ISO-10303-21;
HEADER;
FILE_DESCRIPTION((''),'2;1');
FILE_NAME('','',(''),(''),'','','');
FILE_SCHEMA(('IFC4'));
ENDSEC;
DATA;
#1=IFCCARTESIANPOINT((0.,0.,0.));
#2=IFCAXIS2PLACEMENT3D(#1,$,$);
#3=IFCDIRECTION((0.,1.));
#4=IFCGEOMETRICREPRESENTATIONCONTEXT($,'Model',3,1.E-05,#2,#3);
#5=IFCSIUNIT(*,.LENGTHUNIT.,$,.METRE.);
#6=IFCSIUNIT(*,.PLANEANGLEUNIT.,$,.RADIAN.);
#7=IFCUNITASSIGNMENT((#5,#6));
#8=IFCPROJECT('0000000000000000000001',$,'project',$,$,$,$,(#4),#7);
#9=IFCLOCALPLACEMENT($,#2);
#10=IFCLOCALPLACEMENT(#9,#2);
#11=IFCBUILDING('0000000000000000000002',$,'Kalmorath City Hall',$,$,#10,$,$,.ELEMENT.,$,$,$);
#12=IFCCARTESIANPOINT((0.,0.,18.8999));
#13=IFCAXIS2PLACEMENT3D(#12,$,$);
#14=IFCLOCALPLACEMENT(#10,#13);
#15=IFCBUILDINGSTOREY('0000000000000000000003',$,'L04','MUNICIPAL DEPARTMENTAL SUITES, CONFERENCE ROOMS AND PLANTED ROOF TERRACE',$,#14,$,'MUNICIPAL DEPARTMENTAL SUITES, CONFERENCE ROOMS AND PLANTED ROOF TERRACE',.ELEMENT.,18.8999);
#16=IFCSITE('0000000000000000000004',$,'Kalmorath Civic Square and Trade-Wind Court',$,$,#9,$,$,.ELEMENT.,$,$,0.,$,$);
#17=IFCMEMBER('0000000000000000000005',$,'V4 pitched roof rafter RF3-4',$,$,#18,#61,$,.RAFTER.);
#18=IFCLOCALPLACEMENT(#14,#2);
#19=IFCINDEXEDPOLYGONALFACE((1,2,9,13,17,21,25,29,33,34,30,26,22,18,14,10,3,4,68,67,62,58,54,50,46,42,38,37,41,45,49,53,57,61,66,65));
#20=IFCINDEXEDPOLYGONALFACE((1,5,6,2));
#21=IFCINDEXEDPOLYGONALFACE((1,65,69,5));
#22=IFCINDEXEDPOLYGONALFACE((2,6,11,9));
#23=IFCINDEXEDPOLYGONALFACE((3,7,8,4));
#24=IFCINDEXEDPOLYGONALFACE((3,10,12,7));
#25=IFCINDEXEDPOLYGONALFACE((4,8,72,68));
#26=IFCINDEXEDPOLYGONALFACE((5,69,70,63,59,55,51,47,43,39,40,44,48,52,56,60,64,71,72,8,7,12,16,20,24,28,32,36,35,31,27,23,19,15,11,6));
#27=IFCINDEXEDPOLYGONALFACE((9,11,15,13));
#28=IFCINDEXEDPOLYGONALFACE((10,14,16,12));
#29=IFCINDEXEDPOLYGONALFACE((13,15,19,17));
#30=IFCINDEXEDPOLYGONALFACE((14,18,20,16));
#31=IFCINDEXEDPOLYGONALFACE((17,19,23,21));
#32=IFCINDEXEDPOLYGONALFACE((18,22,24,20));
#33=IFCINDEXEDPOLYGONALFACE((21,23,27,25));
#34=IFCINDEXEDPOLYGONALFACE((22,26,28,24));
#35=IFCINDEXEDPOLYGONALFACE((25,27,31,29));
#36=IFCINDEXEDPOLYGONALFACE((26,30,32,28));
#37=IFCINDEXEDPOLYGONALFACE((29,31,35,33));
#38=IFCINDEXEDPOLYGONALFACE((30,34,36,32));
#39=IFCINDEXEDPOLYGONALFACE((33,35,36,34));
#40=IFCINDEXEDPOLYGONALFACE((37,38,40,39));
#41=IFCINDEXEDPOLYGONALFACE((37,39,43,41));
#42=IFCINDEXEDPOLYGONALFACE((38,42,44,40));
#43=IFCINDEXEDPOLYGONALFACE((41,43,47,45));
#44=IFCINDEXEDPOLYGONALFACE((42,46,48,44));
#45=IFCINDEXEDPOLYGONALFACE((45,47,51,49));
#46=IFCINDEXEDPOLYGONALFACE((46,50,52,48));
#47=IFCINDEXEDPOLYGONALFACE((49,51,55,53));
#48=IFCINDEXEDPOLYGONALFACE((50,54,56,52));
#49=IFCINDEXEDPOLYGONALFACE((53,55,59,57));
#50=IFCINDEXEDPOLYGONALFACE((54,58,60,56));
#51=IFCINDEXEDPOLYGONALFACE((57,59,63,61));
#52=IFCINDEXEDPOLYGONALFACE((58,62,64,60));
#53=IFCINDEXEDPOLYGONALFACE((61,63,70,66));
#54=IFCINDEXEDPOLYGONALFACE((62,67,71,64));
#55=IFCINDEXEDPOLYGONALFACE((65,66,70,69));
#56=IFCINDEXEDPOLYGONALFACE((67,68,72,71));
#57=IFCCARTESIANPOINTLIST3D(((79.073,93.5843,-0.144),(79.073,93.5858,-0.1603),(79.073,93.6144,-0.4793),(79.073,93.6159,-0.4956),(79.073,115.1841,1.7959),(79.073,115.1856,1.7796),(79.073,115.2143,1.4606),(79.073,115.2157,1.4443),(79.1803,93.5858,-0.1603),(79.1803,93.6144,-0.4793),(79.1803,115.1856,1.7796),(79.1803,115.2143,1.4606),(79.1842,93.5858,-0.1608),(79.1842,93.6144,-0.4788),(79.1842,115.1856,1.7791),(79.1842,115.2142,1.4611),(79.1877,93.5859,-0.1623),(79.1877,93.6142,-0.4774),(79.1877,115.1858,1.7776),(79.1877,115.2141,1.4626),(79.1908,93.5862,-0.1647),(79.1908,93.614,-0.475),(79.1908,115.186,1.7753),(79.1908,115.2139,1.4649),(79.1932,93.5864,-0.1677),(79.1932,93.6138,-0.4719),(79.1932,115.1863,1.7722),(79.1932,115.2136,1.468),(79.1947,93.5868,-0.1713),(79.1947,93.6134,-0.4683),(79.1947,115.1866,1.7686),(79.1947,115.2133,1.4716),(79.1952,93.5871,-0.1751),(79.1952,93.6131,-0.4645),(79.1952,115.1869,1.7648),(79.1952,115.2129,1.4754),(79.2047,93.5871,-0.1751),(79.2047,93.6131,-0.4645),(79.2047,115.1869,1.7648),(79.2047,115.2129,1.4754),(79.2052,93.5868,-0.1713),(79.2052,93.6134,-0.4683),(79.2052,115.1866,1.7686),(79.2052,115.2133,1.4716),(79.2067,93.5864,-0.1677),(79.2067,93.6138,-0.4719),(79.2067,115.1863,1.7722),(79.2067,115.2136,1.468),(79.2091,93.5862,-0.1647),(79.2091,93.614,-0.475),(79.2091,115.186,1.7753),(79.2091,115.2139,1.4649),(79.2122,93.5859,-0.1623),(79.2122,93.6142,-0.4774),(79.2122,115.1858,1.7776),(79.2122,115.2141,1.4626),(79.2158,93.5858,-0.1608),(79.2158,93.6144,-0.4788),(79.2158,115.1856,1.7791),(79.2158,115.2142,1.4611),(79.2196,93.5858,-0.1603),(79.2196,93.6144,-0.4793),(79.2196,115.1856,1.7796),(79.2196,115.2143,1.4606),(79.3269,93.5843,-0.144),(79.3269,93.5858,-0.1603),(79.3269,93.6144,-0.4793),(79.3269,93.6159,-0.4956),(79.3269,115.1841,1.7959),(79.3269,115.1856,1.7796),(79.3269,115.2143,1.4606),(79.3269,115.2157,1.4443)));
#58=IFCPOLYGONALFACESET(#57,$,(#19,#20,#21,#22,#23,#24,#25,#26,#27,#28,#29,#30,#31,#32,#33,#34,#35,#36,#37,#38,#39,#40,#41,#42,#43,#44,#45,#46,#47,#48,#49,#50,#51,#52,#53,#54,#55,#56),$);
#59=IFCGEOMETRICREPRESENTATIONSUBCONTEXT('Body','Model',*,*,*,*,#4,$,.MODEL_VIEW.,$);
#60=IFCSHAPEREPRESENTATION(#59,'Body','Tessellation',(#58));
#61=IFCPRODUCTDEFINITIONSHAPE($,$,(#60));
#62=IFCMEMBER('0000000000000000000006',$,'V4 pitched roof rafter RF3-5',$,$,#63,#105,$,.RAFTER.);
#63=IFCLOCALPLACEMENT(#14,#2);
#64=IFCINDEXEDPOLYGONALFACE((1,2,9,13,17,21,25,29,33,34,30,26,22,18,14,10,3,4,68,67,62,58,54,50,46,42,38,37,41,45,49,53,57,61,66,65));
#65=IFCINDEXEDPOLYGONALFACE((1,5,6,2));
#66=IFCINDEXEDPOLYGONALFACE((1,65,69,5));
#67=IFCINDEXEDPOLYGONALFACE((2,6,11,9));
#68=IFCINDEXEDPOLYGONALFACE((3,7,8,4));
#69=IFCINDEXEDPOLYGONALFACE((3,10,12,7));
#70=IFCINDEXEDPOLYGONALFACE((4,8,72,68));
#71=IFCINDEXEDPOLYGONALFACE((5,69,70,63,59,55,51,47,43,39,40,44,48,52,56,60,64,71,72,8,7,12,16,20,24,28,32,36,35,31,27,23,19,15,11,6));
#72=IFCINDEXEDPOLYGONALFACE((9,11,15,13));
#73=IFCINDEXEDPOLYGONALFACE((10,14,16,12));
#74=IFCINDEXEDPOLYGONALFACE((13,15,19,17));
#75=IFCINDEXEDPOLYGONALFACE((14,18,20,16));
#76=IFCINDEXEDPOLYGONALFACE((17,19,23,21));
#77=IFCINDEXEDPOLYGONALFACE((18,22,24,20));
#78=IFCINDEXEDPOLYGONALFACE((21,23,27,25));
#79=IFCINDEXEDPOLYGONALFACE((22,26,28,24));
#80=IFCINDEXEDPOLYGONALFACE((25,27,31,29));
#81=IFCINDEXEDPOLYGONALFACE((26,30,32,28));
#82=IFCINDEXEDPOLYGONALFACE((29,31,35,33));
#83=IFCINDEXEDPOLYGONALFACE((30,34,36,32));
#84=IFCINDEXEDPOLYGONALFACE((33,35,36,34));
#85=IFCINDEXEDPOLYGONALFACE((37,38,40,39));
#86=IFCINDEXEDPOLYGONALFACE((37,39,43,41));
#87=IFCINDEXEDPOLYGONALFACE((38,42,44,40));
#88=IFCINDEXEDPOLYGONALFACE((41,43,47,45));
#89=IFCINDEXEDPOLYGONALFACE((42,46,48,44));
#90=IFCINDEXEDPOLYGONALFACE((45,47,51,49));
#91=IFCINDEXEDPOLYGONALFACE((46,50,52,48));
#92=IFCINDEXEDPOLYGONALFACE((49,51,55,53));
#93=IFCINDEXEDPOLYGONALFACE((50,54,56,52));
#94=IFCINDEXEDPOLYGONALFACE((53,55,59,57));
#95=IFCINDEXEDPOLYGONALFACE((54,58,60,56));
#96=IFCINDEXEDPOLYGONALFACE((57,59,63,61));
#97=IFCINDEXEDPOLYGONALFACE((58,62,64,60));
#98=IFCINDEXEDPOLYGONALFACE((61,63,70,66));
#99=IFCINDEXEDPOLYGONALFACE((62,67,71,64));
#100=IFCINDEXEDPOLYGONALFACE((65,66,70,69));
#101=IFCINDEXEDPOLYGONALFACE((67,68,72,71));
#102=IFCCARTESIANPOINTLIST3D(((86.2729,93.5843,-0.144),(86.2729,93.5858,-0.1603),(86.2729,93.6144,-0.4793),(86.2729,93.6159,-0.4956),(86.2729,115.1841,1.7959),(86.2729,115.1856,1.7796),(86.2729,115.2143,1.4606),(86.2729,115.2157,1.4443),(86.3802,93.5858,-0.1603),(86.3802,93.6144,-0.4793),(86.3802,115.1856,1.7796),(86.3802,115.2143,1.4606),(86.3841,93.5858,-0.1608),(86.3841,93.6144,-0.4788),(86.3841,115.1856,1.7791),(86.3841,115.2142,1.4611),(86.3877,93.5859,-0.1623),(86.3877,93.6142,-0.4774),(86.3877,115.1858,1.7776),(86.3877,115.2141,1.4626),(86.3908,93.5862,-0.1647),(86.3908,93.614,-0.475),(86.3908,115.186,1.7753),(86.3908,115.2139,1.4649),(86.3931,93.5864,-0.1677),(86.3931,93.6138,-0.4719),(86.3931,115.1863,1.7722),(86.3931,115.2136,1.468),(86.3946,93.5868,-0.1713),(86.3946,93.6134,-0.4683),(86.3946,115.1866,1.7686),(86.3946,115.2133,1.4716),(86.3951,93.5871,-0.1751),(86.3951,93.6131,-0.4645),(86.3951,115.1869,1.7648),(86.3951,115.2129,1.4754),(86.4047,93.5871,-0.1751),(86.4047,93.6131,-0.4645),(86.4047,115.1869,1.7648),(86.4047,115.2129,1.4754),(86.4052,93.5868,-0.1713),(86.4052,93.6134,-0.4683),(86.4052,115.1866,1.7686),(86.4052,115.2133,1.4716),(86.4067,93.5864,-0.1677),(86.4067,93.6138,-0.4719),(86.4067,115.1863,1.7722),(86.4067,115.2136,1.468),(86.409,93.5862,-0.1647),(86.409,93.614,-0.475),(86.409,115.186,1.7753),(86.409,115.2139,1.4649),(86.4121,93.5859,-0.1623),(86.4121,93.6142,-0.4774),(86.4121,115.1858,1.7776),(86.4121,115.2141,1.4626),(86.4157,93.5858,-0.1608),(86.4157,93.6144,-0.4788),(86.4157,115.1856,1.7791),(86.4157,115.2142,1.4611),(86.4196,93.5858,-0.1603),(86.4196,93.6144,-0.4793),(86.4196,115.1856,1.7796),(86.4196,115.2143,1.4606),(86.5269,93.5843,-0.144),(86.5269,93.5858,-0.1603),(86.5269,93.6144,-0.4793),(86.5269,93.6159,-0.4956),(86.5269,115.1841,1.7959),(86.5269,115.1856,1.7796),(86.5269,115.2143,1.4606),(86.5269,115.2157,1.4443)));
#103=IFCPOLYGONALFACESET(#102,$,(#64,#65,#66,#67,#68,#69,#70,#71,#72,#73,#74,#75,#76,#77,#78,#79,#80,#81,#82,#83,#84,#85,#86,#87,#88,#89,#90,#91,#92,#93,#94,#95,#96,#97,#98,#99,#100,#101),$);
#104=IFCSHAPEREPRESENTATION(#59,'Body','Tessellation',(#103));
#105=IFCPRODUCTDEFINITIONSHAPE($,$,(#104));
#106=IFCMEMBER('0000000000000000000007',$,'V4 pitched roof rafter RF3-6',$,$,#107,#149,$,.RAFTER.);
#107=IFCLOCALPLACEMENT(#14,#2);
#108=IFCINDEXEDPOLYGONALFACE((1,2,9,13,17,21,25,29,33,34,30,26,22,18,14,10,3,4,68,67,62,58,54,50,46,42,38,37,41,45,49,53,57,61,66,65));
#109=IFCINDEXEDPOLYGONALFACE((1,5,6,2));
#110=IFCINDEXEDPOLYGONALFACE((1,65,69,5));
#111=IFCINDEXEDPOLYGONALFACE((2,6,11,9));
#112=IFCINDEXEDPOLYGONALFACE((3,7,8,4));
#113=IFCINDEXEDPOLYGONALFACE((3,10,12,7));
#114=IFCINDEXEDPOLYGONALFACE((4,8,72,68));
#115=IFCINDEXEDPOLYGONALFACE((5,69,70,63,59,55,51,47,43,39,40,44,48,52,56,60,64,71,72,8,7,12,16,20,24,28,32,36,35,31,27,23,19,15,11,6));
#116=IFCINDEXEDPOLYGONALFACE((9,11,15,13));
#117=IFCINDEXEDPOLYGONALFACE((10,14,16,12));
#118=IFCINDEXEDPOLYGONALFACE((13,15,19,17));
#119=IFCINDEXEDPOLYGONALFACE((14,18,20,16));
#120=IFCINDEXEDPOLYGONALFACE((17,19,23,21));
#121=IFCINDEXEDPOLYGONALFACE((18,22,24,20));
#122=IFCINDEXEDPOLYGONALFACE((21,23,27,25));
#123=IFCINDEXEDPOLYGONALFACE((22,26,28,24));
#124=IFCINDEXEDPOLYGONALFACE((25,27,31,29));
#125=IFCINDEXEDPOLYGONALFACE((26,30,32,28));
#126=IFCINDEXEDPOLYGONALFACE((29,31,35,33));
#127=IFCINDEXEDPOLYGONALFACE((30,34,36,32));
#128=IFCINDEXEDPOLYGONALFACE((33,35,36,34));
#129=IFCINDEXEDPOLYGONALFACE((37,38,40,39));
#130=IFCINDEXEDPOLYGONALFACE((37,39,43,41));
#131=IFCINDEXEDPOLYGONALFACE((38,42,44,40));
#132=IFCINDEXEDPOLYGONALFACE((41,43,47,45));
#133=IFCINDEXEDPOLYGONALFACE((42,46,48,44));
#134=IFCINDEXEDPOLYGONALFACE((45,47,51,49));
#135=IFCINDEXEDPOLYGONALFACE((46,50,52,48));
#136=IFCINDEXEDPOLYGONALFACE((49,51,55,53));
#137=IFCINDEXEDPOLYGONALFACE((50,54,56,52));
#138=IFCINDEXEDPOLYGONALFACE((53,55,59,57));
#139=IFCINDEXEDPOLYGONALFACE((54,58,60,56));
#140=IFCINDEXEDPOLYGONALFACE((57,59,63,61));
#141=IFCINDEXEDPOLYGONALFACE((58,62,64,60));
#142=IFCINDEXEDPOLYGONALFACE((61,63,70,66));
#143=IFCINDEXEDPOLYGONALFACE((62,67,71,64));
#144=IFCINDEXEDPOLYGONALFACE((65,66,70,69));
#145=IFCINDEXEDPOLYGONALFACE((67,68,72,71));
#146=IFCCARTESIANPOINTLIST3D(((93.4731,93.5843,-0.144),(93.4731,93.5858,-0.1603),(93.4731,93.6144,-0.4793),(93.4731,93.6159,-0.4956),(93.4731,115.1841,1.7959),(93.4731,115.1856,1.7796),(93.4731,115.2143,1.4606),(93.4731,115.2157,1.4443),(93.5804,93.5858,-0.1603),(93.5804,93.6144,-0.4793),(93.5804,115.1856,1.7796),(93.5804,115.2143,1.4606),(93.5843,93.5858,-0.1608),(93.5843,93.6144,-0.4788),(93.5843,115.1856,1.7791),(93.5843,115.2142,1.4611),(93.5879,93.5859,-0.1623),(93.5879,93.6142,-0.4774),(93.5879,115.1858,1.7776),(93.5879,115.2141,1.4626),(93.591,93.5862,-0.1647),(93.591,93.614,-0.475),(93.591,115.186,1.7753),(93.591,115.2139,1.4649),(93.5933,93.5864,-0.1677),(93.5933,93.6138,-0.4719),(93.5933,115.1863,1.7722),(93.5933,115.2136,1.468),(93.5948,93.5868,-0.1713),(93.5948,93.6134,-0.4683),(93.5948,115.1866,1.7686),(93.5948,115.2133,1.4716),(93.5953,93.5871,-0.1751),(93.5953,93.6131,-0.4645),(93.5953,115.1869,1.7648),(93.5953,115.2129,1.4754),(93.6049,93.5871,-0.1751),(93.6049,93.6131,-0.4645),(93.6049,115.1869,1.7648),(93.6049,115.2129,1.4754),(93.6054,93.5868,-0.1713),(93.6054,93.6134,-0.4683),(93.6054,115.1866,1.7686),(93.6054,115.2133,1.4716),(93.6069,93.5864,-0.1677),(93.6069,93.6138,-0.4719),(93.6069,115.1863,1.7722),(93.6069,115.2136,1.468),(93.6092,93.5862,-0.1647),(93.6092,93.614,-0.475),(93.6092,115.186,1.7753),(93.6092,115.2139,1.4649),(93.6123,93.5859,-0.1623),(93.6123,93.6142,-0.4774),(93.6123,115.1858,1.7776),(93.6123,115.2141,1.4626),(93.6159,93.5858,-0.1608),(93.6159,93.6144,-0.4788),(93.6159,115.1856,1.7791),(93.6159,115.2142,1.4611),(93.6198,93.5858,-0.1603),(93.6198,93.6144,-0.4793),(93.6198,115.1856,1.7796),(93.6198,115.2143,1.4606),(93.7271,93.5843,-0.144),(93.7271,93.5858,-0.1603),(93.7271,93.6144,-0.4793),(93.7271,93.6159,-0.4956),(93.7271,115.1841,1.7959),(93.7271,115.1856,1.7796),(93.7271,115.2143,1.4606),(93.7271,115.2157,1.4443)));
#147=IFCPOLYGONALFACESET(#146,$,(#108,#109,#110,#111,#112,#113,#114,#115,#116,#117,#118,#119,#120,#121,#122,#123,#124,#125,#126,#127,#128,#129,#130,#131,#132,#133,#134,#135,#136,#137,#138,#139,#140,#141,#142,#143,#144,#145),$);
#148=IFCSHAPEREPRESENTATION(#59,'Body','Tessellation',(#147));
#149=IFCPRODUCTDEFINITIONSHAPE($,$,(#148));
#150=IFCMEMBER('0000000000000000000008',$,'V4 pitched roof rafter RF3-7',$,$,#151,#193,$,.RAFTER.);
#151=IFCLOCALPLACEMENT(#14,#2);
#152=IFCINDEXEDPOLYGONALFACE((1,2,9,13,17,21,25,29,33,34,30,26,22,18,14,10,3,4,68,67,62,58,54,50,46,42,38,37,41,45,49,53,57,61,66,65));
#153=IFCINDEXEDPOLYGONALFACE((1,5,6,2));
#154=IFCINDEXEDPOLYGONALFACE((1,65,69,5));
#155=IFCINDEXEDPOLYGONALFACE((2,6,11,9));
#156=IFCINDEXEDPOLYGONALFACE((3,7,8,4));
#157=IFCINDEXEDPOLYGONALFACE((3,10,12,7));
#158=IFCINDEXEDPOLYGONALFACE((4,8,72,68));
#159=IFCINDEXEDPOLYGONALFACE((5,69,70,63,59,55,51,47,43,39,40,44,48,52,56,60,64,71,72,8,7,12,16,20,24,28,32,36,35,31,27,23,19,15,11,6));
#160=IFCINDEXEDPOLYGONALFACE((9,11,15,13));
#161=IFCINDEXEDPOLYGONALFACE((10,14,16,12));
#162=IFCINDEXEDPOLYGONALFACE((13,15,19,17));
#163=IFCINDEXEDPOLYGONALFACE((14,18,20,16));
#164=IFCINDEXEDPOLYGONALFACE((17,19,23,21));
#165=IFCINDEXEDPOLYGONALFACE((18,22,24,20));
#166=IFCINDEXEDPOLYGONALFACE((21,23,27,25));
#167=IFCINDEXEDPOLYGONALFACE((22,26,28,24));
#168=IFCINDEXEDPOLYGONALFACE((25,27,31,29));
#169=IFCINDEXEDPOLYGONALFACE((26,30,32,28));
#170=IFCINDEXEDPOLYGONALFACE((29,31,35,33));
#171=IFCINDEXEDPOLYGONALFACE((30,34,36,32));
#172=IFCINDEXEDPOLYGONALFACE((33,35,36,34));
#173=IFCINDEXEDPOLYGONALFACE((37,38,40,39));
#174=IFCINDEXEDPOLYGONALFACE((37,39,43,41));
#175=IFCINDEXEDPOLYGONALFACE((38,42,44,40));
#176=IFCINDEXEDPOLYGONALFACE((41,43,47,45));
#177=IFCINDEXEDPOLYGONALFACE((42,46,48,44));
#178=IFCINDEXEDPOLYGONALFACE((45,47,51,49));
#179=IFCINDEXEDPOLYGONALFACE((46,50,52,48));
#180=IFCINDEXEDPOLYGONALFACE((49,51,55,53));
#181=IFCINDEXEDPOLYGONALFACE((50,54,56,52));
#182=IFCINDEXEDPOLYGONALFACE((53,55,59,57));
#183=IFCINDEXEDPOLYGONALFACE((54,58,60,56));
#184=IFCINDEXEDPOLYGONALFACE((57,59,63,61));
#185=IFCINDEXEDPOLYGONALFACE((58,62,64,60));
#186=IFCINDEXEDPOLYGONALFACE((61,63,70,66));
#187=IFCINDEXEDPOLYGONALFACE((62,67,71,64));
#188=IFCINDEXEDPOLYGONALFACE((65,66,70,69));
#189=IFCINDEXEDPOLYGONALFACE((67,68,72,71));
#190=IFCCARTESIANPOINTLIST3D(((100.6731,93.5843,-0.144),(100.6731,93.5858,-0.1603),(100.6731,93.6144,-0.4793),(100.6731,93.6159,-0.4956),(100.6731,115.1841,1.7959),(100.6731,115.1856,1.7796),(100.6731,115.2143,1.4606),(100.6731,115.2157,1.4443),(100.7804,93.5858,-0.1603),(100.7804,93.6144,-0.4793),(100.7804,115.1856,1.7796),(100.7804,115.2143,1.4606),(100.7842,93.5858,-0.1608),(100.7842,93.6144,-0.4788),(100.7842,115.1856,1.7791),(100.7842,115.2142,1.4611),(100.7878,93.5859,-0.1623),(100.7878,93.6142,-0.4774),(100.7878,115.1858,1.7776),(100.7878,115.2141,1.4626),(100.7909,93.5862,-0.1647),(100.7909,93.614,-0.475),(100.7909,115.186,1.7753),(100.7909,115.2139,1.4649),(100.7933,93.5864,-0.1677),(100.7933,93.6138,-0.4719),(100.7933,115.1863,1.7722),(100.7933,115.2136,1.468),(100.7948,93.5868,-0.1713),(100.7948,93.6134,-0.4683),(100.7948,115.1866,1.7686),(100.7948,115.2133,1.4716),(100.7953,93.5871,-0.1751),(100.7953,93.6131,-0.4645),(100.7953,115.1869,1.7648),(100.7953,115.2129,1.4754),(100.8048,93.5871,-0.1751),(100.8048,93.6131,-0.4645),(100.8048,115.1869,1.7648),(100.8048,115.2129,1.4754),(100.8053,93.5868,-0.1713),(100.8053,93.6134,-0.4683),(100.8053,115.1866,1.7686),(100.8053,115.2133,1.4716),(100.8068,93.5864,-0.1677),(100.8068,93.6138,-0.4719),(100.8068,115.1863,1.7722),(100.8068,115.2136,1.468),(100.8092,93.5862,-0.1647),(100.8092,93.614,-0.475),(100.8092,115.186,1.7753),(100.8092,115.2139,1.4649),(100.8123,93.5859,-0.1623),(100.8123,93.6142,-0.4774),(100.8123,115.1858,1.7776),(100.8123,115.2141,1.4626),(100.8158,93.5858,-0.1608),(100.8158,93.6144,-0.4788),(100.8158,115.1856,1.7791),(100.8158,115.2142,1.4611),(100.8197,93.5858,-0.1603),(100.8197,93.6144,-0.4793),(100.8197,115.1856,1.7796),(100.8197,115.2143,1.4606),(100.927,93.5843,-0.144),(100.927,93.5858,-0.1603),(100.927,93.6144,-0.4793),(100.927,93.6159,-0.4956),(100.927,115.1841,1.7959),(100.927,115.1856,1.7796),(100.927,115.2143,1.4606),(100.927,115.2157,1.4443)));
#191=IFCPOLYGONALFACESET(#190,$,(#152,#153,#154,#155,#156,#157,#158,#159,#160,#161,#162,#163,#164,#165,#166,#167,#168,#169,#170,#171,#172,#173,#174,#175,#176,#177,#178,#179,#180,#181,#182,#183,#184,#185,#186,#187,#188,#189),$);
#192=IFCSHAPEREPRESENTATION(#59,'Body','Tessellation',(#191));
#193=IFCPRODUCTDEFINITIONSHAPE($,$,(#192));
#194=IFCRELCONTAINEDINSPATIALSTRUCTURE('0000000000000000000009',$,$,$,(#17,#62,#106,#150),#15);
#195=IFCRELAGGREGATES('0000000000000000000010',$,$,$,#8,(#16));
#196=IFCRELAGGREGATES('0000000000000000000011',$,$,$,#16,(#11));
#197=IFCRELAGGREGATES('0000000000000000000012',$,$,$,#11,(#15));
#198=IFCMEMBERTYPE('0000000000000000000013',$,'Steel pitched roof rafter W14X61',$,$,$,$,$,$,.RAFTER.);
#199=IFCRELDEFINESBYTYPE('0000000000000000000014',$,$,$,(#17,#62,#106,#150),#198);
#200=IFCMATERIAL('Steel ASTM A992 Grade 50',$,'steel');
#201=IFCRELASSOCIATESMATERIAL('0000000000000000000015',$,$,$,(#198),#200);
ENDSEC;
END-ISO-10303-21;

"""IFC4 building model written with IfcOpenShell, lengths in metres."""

from ifc_helpers import new_model, si_unit, direction, frame, origin, origin_2d, place, context, subcontext, project, spatial, i_section, extrude, material, material_profile, profile_set, type_object, element, save


model = new_model("IFC4")

# Units and contexts
model_context = context("Model", 3, precision=1e-05, world=origin(), true_north=direction((0.0, 1.0)))
body_context = subcontext(model_context, "Body", "Model", "MODEL_VIEW")
ifc_project = project(units=[si_unit("LENGTHUNIT", "METRE"), si_unit("PLANEANGLEUNIT", "RADIAN")], contexts=[model_context])

# Site, building, storey
site_placement = place(None, origin())
site = spatial("IfcSite", under=ifc_project, at=site_placement, Name="Kalmorath Civic Square and Trade-Wind Court", CompositionType="ELEMENT", RefElevation=0.0)
building_placement = place(site_placement, origin())
building = spatial("IfcBuilding", under=site, at=building_placement, Name="Kalmorath City Hall", CompositionType="ELEMENT")
storey_placement = place(building_placement, frame((0.0, 0.0, 18.8999)))
storey = spatial("IfcBuildingStorey", under=building, at=storey_placement, Name="L04", Description="MUNICIPAL DEPARTMENTAL SUITES, CONFERENCE ROOMS AND PLANTED ROOF TERRACE", LongName="MUNICIPAL DEPARTMENTAL SUITES, CONFERENCE ROOMS AND PLANTED ROOF TERRACE", CompositionType="ELEMENT", Elevation=18.8999)

# Members
ifc_material_1 = material(Name="Steel ASTM A992 Grade 50", Category="steel")
ifc_material_profile_1 = material_profile(ifc_material_1, i_section(OverallWidth=0.2539, OverallDepth=0.353, WebThickness=0.0095, FlangeThickness=0.0164, FilletRadius=0.0149, at=origin_2d()), Name="W14X61")
ifc_profile_set_1 = profile_set([ifc_material_profile_1], Name="Steel ASTM A992 Grade 50")
member_type_1 = type_object("IfcMemberType", Name="Steel pitched roof rafter W14X61", PredefinedType="RAFTER", material=ifc_profile_set_1)
for number, where, z_axis, x_axis, name in (
    (1, (79.2, 93.6001, -0.3198), (0.0, 0.995991, 0.089453), (-1.0, 0.0, 0.0), "V4 pitched roof rafter RF3-4"),
    (2, (86.3999, 93.6001, -0.3198), (0.0, 0.995991, 0.089453), (-1.0, 0.0, 0.0), "V4 pitched roof rafter RF3-5"),
    (3, (93.6001, 93.6001, -0.3198), (0.0, 0.995991, 0.089453), (-1.0, 0.0, 0.0), "V4 pitched roof rafter RF3-6"),
    (4, (100.8, 93.6001, -0.3198), (0.0, 0.995991, 0.089453), (-1.0, 0.0, 0.0), "V4 pitched roof rafter RF3-7"),
):
    element("IfcMember", number, at=place(storey_placement, frame(where, z_axis=z_axis, x_axis=x_axis)), inside=storey, type_object=member_type_1, Name=name, PredefinedType="RAFTER", context=body_context, shape_type="SweptSolid", body=[
        extrude(i_section(OverallWidth=0.2539, OverallDepth=0.353, WebThickness=0.0095, FlangeThickness=0.0164, FilletRadius=0.0149, at=origin_2d()), origin(), (0.0, 0.0, 1.0), 21.6868),
    ])

save(model, "model.ifc")
